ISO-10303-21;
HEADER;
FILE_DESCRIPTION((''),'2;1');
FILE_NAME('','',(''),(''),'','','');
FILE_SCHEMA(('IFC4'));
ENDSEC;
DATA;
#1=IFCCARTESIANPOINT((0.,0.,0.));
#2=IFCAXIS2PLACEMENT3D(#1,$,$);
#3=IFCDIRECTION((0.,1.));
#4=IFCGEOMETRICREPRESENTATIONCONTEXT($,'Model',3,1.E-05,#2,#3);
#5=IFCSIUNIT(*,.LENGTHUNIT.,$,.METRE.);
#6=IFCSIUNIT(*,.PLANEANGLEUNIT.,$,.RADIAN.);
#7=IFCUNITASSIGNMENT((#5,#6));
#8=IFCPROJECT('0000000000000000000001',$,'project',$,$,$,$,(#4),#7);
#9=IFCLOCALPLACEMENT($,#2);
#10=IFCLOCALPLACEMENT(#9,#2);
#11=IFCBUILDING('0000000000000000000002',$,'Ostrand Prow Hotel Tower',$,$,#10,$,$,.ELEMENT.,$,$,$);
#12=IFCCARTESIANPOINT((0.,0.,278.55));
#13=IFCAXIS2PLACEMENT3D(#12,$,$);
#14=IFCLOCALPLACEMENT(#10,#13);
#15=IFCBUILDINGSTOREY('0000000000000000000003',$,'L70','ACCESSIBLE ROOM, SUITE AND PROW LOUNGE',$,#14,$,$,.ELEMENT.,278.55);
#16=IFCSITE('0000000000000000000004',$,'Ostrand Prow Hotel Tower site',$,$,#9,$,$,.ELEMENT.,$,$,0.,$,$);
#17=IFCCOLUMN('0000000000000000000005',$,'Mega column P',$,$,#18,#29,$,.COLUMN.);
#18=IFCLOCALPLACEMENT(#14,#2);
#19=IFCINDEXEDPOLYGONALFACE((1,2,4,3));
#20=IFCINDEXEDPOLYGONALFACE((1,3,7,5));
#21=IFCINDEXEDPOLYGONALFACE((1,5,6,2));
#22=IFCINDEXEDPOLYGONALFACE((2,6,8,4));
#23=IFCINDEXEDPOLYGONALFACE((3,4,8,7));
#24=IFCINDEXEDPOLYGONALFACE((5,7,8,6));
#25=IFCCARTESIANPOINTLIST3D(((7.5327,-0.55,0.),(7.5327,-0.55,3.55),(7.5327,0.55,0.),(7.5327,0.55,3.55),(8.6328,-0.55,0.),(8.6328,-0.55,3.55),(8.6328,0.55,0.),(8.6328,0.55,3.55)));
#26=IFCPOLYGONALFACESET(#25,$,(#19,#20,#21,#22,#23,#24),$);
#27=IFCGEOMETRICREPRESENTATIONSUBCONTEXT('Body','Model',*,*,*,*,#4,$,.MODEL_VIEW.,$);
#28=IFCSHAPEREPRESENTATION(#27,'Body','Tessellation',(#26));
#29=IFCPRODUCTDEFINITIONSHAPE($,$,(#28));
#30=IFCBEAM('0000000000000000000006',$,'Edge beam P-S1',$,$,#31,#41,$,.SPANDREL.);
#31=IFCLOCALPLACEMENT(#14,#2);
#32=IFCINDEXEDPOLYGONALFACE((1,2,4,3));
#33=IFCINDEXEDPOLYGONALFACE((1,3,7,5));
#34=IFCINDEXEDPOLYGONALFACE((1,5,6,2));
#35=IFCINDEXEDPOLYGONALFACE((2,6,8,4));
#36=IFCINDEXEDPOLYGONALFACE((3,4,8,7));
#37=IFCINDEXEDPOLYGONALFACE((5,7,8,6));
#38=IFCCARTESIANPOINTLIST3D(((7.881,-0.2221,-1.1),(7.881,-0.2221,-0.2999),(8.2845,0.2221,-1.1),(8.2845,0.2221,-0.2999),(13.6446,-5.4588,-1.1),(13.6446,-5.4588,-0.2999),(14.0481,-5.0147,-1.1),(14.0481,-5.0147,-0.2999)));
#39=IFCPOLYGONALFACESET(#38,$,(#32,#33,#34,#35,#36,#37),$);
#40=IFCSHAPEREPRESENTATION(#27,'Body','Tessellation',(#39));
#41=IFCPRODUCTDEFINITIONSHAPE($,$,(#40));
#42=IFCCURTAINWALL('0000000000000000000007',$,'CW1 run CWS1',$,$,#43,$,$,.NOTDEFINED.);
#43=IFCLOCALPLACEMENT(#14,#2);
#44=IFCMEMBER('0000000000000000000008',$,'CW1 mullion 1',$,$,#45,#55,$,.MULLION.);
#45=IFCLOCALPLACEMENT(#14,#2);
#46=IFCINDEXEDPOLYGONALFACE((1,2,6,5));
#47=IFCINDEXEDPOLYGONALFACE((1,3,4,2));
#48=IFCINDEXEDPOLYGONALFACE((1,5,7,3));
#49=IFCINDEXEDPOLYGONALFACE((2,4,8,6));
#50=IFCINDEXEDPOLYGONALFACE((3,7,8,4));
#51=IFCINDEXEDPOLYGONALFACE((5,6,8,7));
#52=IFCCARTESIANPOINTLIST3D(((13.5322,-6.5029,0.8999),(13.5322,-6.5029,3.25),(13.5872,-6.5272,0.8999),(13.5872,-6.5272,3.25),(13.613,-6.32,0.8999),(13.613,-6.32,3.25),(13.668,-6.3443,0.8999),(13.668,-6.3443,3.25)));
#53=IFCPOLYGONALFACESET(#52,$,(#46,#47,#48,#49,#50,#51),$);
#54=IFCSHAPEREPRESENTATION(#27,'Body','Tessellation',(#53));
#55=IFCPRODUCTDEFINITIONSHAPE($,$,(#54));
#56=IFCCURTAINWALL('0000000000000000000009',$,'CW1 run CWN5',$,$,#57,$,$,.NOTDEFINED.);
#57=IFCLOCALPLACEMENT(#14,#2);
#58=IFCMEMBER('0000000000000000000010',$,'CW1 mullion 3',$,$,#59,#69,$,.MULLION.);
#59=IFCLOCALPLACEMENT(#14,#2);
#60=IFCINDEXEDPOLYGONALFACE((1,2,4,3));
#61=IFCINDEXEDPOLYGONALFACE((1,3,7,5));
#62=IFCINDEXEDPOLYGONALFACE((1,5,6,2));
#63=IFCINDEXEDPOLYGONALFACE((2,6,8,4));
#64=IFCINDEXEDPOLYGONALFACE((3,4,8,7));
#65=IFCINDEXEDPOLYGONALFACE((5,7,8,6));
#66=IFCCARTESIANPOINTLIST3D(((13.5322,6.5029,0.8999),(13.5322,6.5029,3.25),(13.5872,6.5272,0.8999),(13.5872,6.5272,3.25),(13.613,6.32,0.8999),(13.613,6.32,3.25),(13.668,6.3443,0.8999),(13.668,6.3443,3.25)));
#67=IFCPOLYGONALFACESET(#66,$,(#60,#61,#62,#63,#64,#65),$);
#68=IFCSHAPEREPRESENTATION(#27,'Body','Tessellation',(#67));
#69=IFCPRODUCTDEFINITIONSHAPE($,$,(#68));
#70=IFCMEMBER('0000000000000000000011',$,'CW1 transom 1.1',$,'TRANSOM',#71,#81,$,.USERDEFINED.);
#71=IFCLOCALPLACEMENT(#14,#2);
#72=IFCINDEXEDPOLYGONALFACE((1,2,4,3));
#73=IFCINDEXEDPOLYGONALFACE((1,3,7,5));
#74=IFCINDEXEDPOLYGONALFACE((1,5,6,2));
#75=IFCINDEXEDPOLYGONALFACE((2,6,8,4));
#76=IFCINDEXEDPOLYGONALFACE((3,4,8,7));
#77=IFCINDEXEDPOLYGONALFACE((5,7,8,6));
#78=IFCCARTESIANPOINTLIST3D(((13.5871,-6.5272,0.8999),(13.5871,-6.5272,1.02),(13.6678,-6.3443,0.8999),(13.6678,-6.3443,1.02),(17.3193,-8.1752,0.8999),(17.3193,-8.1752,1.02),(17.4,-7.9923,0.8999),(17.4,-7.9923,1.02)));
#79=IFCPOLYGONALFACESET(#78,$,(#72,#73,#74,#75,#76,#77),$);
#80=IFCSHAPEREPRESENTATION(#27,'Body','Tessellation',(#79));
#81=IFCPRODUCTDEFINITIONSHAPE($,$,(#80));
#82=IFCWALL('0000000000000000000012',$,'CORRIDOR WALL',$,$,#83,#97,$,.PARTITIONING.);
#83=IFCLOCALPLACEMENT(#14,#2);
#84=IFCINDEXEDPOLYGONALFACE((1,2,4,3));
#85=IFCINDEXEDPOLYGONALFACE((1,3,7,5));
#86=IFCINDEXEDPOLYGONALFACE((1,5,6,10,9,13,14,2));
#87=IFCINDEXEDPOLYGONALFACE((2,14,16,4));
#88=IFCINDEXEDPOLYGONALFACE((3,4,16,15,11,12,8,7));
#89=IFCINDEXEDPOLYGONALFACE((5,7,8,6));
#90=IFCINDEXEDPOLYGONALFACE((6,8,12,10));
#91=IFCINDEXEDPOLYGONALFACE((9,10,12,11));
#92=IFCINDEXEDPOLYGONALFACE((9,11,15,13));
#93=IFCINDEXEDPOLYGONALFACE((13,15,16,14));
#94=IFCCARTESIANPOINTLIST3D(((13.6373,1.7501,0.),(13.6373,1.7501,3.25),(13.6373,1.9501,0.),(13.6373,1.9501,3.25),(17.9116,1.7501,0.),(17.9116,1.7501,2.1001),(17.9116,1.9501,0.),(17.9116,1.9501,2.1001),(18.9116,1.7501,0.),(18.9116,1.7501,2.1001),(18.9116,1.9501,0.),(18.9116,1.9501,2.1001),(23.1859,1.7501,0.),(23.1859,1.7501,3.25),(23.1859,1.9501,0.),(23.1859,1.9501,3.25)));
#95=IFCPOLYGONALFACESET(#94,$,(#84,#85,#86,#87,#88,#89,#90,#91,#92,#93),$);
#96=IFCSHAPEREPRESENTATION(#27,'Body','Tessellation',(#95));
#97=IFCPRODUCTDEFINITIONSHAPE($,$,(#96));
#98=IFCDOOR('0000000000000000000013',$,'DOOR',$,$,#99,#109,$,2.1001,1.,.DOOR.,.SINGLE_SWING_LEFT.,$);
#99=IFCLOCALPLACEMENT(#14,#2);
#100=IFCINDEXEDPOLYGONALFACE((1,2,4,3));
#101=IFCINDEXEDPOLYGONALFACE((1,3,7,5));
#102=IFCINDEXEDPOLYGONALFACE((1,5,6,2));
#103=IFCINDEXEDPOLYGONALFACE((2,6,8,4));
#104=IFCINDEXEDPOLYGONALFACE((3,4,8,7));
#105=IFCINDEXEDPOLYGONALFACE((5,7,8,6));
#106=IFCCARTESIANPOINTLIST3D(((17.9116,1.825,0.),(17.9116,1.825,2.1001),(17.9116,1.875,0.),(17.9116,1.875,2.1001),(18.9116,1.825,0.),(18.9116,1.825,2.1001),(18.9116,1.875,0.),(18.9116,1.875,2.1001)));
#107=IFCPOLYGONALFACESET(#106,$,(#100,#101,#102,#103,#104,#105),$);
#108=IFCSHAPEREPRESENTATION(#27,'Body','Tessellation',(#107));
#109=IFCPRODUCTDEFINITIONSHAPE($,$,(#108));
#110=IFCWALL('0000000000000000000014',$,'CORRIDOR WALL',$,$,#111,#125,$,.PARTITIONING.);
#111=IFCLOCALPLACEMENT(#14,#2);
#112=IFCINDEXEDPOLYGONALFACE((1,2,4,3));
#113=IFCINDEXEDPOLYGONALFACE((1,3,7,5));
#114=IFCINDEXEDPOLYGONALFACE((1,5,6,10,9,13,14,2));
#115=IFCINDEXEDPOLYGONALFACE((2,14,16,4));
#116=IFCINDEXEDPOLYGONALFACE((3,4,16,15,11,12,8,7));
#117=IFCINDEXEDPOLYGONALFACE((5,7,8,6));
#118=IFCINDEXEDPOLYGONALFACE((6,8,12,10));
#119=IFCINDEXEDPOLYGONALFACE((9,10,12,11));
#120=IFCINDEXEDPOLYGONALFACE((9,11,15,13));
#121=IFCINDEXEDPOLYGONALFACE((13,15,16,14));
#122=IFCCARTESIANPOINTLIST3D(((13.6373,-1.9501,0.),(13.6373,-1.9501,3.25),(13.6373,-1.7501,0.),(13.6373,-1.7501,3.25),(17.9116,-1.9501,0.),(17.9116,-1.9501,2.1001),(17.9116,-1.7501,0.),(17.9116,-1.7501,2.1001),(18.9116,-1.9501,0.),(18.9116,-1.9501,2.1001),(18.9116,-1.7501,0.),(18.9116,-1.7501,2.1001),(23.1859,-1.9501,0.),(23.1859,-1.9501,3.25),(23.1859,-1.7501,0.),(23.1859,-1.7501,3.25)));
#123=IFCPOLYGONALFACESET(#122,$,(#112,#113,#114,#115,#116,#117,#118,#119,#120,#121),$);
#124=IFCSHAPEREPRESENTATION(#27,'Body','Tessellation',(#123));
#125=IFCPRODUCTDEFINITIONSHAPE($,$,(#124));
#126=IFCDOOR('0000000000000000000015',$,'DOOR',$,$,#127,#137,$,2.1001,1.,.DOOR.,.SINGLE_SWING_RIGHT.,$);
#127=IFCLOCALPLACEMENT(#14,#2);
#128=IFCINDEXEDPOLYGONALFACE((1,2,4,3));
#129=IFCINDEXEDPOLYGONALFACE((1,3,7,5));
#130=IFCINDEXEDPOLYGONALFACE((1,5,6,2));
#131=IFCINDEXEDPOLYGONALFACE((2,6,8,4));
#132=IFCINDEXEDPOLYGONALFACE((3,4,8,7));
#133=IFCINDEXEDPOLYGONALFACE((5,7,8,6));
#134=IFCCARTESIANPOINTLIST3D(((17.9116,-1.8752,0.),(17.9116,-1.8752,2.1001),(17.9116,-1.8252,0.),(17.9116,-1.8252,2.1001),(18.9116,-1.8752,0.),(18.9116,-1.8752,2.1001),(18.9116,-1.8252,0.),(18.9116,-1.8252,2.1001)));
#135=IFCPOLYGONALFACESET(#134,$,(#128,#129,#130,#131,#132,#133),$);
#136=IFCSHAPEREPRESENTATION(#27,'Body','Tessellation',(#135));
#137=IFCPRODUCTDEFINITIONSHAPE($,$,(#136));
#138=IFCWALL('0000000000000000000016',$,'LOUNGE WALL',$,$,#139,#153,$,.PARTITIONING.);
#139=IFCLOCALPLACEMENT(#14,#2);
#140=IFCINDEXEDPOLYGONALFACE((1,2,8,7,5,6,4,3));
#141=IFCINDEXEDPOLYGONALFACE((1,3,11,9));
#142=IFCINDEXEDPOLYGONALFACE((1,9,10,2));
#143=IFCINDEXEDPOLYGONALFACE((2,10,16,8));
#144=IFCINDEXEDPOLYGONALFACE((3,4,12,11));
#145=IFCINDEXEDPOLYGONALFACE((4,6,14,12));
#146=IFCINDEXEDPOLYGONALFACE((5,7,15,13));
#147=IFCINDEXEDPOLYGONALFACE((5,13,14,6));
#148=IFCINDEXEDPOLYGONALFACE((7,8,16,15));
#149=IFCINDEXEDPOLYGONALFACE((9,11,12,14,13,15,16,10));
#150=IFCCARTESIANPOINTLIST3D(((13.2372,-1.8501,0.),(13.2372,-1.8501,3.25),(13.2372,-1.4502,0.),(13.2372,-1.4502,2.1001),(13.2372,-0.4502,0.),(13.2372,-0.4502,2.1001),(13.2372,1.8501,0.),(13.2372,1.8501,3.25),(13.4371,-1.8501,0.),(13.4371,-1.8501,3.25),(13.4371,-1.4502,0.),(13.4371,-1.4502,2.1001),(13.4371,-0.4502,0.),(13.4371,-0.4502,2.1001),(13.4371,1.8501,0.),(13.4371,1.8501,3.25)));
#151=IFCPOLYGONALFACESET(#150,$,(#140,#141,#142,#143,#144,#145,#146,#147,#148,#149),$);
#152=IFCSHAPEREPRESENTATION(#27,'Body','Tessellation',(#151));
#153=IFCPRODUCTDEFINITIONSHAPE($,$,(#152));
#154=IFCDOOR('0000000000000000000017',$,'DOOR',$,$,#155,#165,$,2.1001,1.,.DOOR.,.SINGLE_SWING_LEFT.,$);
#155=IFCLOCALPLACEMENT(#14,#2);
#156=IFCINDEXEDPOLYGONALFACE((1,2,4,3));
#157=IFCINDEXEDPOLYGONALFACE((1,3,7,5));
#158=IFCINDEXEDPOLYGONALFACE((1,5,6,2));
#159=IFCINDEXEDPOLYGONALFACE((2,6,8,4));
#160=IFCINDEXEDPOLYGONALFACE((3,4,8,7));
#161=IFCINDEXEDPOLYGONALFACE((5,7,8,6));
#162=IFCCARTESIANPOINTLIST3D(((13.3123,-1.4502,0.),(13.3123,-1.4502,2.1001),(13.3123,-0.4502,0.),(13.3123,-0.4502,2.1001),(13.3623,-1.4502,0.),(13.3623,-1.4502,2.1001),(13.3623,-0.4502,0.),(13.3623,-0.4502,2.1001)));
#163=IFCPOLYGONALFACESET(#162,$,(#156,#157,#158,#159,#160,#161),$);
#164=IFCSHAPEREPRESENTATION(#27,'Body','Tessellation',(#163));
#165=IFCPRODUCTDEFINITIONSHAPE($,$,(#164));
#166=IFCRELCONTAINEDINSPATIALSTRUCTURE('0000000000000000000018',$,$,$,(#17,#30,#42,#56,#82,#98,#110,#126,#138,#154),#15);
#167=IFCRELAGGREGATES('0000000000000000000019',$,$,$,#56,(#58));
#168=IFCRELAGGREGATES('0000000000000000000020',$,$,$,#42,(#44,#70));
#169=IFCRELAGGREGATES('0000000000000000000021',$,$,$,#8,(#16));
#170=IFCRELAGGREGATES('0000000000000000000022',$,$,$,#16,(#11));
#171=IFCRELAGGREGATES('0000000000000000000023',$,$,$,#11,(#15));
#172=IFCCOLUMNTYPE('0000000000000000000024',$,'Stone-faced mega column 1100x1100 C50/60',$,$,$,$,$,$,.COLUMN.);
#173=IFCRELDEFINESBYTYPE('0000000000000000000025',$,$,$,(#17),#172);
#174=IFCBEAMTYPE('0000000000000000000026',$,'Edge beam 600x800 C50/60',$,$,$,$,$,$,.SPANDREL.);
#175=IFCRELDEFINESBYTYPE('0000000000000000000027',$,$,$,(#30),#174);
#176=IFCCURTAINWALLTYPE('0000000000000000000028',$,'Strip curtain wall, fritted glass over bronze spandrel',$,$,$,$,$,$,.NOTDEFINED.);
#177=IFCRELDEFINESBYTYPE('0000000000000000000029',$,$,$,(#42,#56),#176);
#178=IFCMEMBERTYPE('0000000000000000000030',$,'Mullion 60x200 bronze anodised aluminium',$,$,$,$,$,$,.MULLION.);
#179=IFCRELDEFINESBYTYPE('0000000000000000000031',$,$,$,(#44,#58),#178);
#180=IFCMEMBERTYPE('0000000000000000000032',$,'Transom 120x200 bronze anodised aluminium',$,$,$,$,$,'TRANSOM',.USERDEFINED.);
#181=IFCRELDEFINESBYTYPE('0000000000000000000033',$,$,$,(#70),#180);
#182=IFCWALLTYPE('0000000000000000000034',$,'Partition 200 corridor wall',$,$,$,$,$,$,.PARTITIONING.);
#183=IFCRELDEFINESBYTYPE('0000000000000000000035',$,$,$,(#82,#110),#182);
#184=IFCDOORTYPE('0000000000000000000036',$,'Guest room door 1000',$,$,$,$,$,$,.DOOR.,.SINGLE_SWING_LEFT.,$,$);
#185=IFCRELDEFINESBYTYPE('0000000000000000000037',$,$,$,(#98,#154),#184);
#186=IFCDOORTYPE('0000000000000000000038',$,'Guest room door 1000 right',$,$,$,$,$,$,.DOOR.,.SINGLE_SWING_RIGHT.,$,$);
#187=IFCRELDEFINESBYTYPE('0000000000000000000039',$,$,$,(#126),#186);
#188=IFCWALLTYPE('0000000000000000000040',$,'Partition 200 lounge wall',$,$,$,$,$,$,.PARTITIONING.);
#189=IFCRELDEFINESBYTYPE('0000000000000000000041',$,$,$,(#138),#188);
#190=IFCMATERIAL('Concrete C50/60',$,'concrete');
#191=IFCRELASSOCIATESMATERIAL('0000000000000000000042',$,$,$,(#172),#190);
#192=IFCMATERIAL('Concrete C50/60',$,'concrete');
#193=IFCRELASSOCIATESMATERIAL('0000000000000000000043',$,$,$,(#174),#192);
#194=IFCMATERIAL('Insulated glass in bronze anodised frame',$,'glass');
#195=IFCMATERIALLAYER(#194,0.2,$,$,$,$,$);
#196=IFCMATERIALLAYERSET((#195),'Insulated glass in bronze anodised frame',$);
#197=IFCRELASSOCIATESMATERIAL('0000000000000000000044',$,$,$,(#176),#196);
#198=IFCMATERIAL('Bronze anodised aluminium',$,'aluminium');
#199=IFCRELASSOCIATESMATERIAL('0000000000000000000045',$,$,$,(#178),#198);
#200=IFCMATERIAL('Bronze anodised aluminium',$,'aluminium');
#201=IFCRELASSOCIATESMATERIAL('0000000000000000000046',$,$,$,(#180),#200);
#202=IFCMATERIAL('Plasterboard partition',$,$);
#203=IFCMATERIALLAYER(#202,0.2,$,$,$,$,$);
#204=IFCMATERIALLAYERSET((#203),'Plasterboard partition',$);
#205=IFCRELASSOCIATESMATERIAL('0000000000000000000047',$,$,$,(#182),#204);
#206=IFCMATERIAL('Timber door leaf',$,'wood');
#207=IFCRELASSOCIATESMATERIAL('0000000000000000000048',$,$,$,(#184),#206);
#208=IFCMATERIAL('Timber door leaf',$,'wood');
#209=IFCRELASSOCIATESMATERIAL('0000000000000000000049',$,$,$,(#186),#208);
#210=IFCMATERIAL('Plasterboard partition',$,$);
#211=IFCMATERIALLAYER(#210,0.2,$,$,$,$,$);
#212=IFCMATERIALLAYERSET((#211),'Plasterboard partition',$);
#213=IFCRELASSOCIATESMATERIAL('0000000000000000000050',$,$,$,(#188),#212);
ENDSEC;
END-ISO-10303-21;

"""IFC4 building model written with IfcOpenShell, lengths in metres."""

from ifc_helpers import new_model, si_unit, direction, frame, frame_2d, origin, origin_2d, place, context, subcontext, project, spatial, rectangle, extrude, material, layer, layer_set, material_profile, profile_set, type_object, element, fill, aggregate, save


model = new_model("IFC4")

# Units and contexts
model_context = context("Model", 3, precision=1e-05, world=origin(), true_north=direction((0.0, 1.0)))
body_context = subcontext(model_context, "Body", "Model", "MODEL_VIEW")
ifc_project = project(units=[si_unit("LENGTHUNIT", "METRE"), si_unit("PLANEANGLEUNIT", "RADIAN")], contexts=[model_context])

# Site, building, storey
site_placement = place(None, origin())
site = spatial("IfcSite", under=ifc_project, at=site_placement, Name="Ostrand Prow Hotel Tower site", CompositionType="ELEMENT", RefElevation=0.0)
building_placement = place(site_placement, origin())
building = spatial("IfcBuilding", under=site, at=building_placement, Name="Ostrand Prow Hotel Tower", CompositionType="ELEMENT")
storey_placement = place(building_placement, frame((0.0, 0.0, 278.55)))
storey = spatial("IfcBuildingStorey", under=building, at=storey_placement, Name="L70", Description="ACCESSIBLE ROOM, SUITE AND PROW LOUNGE", CompositionType="ELEMENT", Elevation=278.55)

# Column
ifc_material_1 = material(Name="Concrete C50/60", Category="concrete")
ifc_material_profile_1 = material_profile(ifc_material_1, rectangle(XDim=1.1001, YDim=1.1001, at=origin_2d()), Name="RC 1100x1100")
ifc_profile_set_1 = profile_set([ifc_material_profile_1], Name="Concrete C50/60")
column_type = type_object("IfcColumnType", Name="Stone-faced mega column 1100x1100 C50/60", PredefinedType="COLUMN", material=ifc_profile_set_1)
column_placement = place(storey_placement, frame((8.0828, 0.0, 0.0), z_axis=(0.0, 0.0, 1.0), x_axis=(1.0, 0.0, 0.0)))
element("IfcColumn", 1, at=column_placement, inside=storey, type_object=column_type, Name="Mega column P", PredefinedType="COLUMN", context=body_context, shape_type="SweptSolid", body=[
    extrude(rectangle(XDim=1.1001, YDim=1.1001, at=origin_2d()), origin(), (0.0, 0.0, 1.0), 3.55),
])

# Beam
ifc_material_2 = material(Name="Concrete C50/60", Category="concrete")
ifc_material_profile_2 = material_profile(ifc_material_2, rectangle(XDim=0.6001, YDim=0.8, at=origin_2d()), Name="RC 600x800")
ifc_profile_set_2 = profile_set([ifc_material_profile_2], Name="Concrete C50/60")
beam_type = type_object("IfcBeamType", Name="Edge beam 600x800 C50/60", PredefinedType="SPANDREL", material=ifc_profile_set_2)
beam_placement = place(storey_placement, frame((8.0828, 0.0, -0.7), z_axis=(0.740124, -0.67247, 0.0), x_axis=(0.67247, 0.740124, 0.0)))
element("IfcBeam", 2, at=beam_placement, inside=storey, type_object=beam_type, Name="Edge beam P-S1", PredefinedType="SPANDREL", context=body_context, shape_type="SweptSolid", body=[
    extrude(rectangle(XDim=0.6001, YDim=0.8, at=origin_2d()), origin(), (0.0, 0.0, 1.0), 7.7874),
])

# Curtain walls, members
ifc_material_3 = material(Name="Insulated glass in bronze anodised frame", Category="glass")
ifc_layer_1 = layer(ifc_material_3, 0.2)
ifc_layer_set_1 = layer_set([ifc_layer_1], Name="Insulated glass in bronze anodised frame")
curtain_wall_type = type_object("IfcCurtainWallType", Name="Strip curtain wall, fritted glass over bronze spandrel", PredefinedType="NOTDEFINED", material=ifc_layer_set_1)
curtain_wall_1_placement = place(storey_placement, origin())
curtain_wall_1 = element("IfcCurtainWall", 3, at=curtain_wall_1_placement, inside=storey, type_object=curtain_wall_type, Name="CW1 run CWS1", PredefinedType="NOTDEFINED")
ifc_material_4 = material(Name="Bronze anodised aluminium", Category="aluminium")
ifc_material_profile_3 = material_profile(ifc_material_4, rectangle(XDim=0.2, YDim=0.0601, at=origin_2d()), Name="Mullion 60x200 bronze anodised aluminium")
ifc_profile_set_3 = profile_set([ifc_material_profile_3], Name="Bronze anodised aluminium")
member_type_1 = type_object("IfcMemberType", Name="Mullion 60x200 bronze anodised aluminium", PredefinedType="MULLION", material=ifc_profile_set_3)
member_1_placement = place(storey_placement, frame((13.6001, -6.4236, 0.8999), z_axis=(0.0, 0.0, 1.0), x_axis=(0.40394, 0.914786, 0.0)))
member_1 = element("IfcMember", 4, at=member_1_placement, type_object=member_type_1, Name="CW1 mullion 1", PredefinedType="MULLION", context=body_context, shape_type="SweptSolid", body=[
    extrude(rectangle(XDim=0.2, YDim=0.0601, at=origin_2d()), origin(), (0.0, 0.0, 1.0), 2.3501),
])
curtain_wall_2_placement = place(storey_placement, origin())
curtain_wall_2 = element("IfcCurtainWall", 5, at=curtain_wall_2_placement, inside=storey, type_object=curtain_wall_type, Name="CW1 run CWN5", PredefinedType="NOTDEFINED")
member_2_placement = place(storey_placement, frame((13.6001, 6.4236, 0.8999), z_axis=(0.0, 0.0, 1.0), x_axis=(0.40394, -0.914786, 0.0)))
member_2 = element("IfcMember", 6, at=member_2_placement, type_object=member_type_1, Name="CW1 mullion 3", PredefinedType="MULLION", context=body_context, shape_type="SweptSolid", body=[
    extrude(rectangle(XDim=0.2, YDim=0.0601, at=origin_2d()), origin(), (0.0, 0.0, 1.0), 2.3501),
])
aggregate(curtain_wall_2, [member_2])

# Member
ifc_material_5 = material(Name="Bronze anodised aluminium", Category="aluminium")
ifc_material_profile_4 = material_profile(ifc_material_5, rectangle(XDim=0.2, YDim=0.1201, at=origin_2d()), Name="Transom 120x200 bronze anodised aluminium")
ifc_profile_set_4 = profile_set([ifc_material_profile_4], Name="Bronze anodised aluminium")
member_type_2 = type_object("IfcMemberType", Name="Transom 120x200 bronze anodised aluminium", ElementType="TRANSOM", PredefinedType="USERDEFINED", material=ifc_profile_set_4)
member_3_placement = place(storey_placement, frame((13.6274, -6.4358, 0.96), z_axis=(0.914791, -0.403927, 0.0), x_axis=(0.403927, 0.914791, 0.0)))
member_3 = element("IfcMember", 7, at=member_3_placement, type_object=member_type_2, Name="CW1 transom 1.1", ObjectType="TRANSOM", PredefinedType="USERDEFINED", context=body_context, shape_type="SweptSolid", body=[
    extrude(rectangle(XDim=0.2, YDim=0.1201, at=origin_2d()), origin(), (0.0, 0.0, 1.0), 4.0798),
])
aggregate(curtain_wall_1, [member_1, member_3])

# Walls, openings, doors
ifc_material_6 = material(Name="Plasterboard partition")
ifc_layer_2 = layer(ifc_material_6, 0.2)
ifc_layer_set_2 = layer_set([ifc_layer_2], Name="Plasterboard partition")
wall_type_1 = type_object("IfcWallType", Name="Partition 200 corridor wall", PredefinedType="PARTITIONING", material=ifc_layer_set_2)
wall_1_placement = place(storey_placement, frame((13.6372, 1.8501, 0.0), z_axis=(0.0, 0.0, 1.0), x_axis=(1.0, 0.0, 0.0)))
wall_1 = element("IfcWall", 8, at=wall_1_placement, inside=storey, type_object=wall_type_1, Name="CORRIDOR WALL", PredefinedType="PARTITIONING", context=body_context, shape_type="SweptSolid", body=[
    extrude(rectangle(XDim=9.5486, YDim=0.2, at=frame_2d((4.7744, 0.0))), origin(), (0.0, 0.0, 1.0), 3.25),
])
opening_1_placement = place(wall_1_placement, frame((4.2744, 0.0, 0.0)))
opening_1 = element("IfcOpeningElement", 9, at=opening_1_placement, cuts=wall_1, PredefinedType="OPENING", context=body_context, shape_type="SweptSolid", body=[
    extrude(rectangle(XDim=1.0, YDim=2.1001, at=frame_2d((0.5, 1.05))), frame((0.0, 0.1099, 0.0), z_axis=(0.0, -1.0, 0.0), x_axis=(1.0, 0.0, 0.0)), (0.0, 0.0, 1.0), 0.22),
])
ifc_material_7 = material(Name="Timber door leaf", Category="wood")
door_type_1 = type_object("IfcDoorType", Name="Guest room door 1000", OperationType="SINGLE_SWING_LEFT", PredefinedType="DOOR", material=ifc_material_7)
door_1_placement = place(opening_1_placement, origin())
door_1 = element("IfcDoor", 10, at=door_1_placement, inside=storey, type_object=door_type_1, Name="DOOR", OperationType="SINGLE_SWING_LEFT", OverallHeight=2.1001, OverallWidth=1.0, PredefinedType="DOOR", context=body_context, shape_type="SweptSolid", body=[
    extrude(rectangle(XDim=1.0, YDim=2.1001, at=frame_2d((0.5, 1.05))), frame((0.0, 0.0249, 0.0), z_axis=(0.0, -1.0, 0.0), x_axis=(1.0, 0.0, 0.0)), (0.0, 0.0, 1.0), 0.05),
])
fill(opening_1, door_1)
wall_2_placement = place(storey_placement, frame((13.6372, -1.8501, 0.0), z_axis=(0.0, 0.0, 1.0), x_axis=(1.0, 0.0, 0.0)))
wall_2 = element("IfcWall", 11, at=wall_2_placement, inside=storey, type_object=wall_type_1, Name="CORRIDOR WALL", PredefinedType="PARTITIONING", context=body_context, shape_type="SweptSolid", body=[
    extrude(rectangle(XDim=9.5486, YDim=0.2, at=frame_2d((4.7744, 0.0))), origin(), (0.0, 0.0, 1.0), 3.25),
])
opening_2_placement = place(wall_2_placement, frame((4.2744, 0.0, 0.0)))
opening_2 = element("IfcOpeningElement", 12, at=opening_2_placement, cuts=wall_2, PredefinedType="OPENING", context=body_context, shape_type="SweptSolid", body=[
    extrude(rectangle(XDim=1.0, YDim=2.1001, at=frame_2d((0.5, 1.05))), frame((0.0, 0.1099, 0.0), z_axis=(0.0, -1.0, 0.0), x_axis=(1.0, 0.0, 0.0)), (0.0, 0.0, 1.0), 0.22),
])
ifc_material_8 = material(Name="Timber door leaf", Category="wood")
door_type_2 = type_object("IfcDoorType", Name="Guest room door 1000 right", OperationType="SINGLE_SWING_RIGHT", PredefinedType="DOOR", material=ifc_material_8)
door_2_placement = place(opening_2_placement, origin())
door_2 = element("IfcDoor", 13, at=door_2_placement, inside=storey, type_object=door_type_2, Name="DOOR", OperationType="SINGLE_SWING_RIGHT", OverallHeight=2.1001, OverallWidth=1.0, PredefinedType="DOOR", context=body_context, shape_type="SweptSolid", body=[
    extrude(rectangle(XDim=1.0, YDim=2.1001, at=frame_2d((0.5, 1.05))), frame((0.0, 0.0249, 0.0), z_axis=(0.0, -1.0, 0.0), x_axis=(1.0, 0.0, 0.0)), (0.0, 0.0, 1.0), 0.05),
])
fill(opening_2, door_2)
ifc_material_9 = material(Name="Plasterboard partition")
ifc_layer_3 = layer(ifc_material_9, 0.2)
ifc_layer_set_3 = layer_set([ifc_layer_3], Name="Plasterboard partition")
wall_type_2 = type_object("IfcWallType", Name="Partition 200 lounge wall", PredefinedType="PARTITIONING", material=ifc_layer_set_3)
wall_3_placement = place(storey_placement, frame((13.3372, -1.8501, 0.0), z_axis=(0.0, 0.0, 1.0), x_axis=(0.0, 1.0, 0.0)))
wall_3 = element("IfcWall", 14, at=wall_3_placement, inside=storey, type_object=wall_type_2, Name="LOUNGE WALL", PredefinedType="PARTITIONING", context=body_context, shape_type="SweptSolid", body=[
    extrude(rectangle(XDim=3.7002, YDim=0.2, at=frame_2d((1.8501, 0.0))), origin(), (0.0, 0.0, 1.0), 3.25),
])
opening_3_placement = place(wall_3_placement, frame((0.3999, 0.0, 0.0)))
opening_3 = element("IfcOpeningElement", 15, at=opening_3_placement, cuts=wall_3, PredefinedType="OPENING", context=body_context, shape_type="SweptSolid", body=[
    extrude(rectangle(XDim=1.0, YDim=2.1001, at=frame_2d((0.5, 1.05))), frame((0.0, 0.1099, 0.0), z_axis=(0.0, -1.0, 0.0), x_axis=(1.0, 0.0, 0.0)), (0.0, 0.0, 1.0), 0.22),
])
door_3_placement = place(opening_3_placement, origin())
door_3 = element("IfcDoor", 16, at=door_3_placement, inside=storey, type_object=door_type_1, Name="DOOR", OperationType="SINGLE_SWING_LEFT", OverallHeight=2.1001, OverallWidth=1.0, PredefinedType="DOOR", context=body_context, shape_type="SweptSolid", body=[
    extrude(rectangle(XDim=1.0, YDim=2.1001, at=frame_2d((0.5, 1.05))), frame((0.0, 0.0249, 0.0), z_axis=(0.0, -1.0, 0.0), x_axis=(1.0, 0.0, 0.0)), (0.0, 0.0, 1.0), 0.05),
])
fill(opening_3, door_3)

save(model, "model.ifc")
